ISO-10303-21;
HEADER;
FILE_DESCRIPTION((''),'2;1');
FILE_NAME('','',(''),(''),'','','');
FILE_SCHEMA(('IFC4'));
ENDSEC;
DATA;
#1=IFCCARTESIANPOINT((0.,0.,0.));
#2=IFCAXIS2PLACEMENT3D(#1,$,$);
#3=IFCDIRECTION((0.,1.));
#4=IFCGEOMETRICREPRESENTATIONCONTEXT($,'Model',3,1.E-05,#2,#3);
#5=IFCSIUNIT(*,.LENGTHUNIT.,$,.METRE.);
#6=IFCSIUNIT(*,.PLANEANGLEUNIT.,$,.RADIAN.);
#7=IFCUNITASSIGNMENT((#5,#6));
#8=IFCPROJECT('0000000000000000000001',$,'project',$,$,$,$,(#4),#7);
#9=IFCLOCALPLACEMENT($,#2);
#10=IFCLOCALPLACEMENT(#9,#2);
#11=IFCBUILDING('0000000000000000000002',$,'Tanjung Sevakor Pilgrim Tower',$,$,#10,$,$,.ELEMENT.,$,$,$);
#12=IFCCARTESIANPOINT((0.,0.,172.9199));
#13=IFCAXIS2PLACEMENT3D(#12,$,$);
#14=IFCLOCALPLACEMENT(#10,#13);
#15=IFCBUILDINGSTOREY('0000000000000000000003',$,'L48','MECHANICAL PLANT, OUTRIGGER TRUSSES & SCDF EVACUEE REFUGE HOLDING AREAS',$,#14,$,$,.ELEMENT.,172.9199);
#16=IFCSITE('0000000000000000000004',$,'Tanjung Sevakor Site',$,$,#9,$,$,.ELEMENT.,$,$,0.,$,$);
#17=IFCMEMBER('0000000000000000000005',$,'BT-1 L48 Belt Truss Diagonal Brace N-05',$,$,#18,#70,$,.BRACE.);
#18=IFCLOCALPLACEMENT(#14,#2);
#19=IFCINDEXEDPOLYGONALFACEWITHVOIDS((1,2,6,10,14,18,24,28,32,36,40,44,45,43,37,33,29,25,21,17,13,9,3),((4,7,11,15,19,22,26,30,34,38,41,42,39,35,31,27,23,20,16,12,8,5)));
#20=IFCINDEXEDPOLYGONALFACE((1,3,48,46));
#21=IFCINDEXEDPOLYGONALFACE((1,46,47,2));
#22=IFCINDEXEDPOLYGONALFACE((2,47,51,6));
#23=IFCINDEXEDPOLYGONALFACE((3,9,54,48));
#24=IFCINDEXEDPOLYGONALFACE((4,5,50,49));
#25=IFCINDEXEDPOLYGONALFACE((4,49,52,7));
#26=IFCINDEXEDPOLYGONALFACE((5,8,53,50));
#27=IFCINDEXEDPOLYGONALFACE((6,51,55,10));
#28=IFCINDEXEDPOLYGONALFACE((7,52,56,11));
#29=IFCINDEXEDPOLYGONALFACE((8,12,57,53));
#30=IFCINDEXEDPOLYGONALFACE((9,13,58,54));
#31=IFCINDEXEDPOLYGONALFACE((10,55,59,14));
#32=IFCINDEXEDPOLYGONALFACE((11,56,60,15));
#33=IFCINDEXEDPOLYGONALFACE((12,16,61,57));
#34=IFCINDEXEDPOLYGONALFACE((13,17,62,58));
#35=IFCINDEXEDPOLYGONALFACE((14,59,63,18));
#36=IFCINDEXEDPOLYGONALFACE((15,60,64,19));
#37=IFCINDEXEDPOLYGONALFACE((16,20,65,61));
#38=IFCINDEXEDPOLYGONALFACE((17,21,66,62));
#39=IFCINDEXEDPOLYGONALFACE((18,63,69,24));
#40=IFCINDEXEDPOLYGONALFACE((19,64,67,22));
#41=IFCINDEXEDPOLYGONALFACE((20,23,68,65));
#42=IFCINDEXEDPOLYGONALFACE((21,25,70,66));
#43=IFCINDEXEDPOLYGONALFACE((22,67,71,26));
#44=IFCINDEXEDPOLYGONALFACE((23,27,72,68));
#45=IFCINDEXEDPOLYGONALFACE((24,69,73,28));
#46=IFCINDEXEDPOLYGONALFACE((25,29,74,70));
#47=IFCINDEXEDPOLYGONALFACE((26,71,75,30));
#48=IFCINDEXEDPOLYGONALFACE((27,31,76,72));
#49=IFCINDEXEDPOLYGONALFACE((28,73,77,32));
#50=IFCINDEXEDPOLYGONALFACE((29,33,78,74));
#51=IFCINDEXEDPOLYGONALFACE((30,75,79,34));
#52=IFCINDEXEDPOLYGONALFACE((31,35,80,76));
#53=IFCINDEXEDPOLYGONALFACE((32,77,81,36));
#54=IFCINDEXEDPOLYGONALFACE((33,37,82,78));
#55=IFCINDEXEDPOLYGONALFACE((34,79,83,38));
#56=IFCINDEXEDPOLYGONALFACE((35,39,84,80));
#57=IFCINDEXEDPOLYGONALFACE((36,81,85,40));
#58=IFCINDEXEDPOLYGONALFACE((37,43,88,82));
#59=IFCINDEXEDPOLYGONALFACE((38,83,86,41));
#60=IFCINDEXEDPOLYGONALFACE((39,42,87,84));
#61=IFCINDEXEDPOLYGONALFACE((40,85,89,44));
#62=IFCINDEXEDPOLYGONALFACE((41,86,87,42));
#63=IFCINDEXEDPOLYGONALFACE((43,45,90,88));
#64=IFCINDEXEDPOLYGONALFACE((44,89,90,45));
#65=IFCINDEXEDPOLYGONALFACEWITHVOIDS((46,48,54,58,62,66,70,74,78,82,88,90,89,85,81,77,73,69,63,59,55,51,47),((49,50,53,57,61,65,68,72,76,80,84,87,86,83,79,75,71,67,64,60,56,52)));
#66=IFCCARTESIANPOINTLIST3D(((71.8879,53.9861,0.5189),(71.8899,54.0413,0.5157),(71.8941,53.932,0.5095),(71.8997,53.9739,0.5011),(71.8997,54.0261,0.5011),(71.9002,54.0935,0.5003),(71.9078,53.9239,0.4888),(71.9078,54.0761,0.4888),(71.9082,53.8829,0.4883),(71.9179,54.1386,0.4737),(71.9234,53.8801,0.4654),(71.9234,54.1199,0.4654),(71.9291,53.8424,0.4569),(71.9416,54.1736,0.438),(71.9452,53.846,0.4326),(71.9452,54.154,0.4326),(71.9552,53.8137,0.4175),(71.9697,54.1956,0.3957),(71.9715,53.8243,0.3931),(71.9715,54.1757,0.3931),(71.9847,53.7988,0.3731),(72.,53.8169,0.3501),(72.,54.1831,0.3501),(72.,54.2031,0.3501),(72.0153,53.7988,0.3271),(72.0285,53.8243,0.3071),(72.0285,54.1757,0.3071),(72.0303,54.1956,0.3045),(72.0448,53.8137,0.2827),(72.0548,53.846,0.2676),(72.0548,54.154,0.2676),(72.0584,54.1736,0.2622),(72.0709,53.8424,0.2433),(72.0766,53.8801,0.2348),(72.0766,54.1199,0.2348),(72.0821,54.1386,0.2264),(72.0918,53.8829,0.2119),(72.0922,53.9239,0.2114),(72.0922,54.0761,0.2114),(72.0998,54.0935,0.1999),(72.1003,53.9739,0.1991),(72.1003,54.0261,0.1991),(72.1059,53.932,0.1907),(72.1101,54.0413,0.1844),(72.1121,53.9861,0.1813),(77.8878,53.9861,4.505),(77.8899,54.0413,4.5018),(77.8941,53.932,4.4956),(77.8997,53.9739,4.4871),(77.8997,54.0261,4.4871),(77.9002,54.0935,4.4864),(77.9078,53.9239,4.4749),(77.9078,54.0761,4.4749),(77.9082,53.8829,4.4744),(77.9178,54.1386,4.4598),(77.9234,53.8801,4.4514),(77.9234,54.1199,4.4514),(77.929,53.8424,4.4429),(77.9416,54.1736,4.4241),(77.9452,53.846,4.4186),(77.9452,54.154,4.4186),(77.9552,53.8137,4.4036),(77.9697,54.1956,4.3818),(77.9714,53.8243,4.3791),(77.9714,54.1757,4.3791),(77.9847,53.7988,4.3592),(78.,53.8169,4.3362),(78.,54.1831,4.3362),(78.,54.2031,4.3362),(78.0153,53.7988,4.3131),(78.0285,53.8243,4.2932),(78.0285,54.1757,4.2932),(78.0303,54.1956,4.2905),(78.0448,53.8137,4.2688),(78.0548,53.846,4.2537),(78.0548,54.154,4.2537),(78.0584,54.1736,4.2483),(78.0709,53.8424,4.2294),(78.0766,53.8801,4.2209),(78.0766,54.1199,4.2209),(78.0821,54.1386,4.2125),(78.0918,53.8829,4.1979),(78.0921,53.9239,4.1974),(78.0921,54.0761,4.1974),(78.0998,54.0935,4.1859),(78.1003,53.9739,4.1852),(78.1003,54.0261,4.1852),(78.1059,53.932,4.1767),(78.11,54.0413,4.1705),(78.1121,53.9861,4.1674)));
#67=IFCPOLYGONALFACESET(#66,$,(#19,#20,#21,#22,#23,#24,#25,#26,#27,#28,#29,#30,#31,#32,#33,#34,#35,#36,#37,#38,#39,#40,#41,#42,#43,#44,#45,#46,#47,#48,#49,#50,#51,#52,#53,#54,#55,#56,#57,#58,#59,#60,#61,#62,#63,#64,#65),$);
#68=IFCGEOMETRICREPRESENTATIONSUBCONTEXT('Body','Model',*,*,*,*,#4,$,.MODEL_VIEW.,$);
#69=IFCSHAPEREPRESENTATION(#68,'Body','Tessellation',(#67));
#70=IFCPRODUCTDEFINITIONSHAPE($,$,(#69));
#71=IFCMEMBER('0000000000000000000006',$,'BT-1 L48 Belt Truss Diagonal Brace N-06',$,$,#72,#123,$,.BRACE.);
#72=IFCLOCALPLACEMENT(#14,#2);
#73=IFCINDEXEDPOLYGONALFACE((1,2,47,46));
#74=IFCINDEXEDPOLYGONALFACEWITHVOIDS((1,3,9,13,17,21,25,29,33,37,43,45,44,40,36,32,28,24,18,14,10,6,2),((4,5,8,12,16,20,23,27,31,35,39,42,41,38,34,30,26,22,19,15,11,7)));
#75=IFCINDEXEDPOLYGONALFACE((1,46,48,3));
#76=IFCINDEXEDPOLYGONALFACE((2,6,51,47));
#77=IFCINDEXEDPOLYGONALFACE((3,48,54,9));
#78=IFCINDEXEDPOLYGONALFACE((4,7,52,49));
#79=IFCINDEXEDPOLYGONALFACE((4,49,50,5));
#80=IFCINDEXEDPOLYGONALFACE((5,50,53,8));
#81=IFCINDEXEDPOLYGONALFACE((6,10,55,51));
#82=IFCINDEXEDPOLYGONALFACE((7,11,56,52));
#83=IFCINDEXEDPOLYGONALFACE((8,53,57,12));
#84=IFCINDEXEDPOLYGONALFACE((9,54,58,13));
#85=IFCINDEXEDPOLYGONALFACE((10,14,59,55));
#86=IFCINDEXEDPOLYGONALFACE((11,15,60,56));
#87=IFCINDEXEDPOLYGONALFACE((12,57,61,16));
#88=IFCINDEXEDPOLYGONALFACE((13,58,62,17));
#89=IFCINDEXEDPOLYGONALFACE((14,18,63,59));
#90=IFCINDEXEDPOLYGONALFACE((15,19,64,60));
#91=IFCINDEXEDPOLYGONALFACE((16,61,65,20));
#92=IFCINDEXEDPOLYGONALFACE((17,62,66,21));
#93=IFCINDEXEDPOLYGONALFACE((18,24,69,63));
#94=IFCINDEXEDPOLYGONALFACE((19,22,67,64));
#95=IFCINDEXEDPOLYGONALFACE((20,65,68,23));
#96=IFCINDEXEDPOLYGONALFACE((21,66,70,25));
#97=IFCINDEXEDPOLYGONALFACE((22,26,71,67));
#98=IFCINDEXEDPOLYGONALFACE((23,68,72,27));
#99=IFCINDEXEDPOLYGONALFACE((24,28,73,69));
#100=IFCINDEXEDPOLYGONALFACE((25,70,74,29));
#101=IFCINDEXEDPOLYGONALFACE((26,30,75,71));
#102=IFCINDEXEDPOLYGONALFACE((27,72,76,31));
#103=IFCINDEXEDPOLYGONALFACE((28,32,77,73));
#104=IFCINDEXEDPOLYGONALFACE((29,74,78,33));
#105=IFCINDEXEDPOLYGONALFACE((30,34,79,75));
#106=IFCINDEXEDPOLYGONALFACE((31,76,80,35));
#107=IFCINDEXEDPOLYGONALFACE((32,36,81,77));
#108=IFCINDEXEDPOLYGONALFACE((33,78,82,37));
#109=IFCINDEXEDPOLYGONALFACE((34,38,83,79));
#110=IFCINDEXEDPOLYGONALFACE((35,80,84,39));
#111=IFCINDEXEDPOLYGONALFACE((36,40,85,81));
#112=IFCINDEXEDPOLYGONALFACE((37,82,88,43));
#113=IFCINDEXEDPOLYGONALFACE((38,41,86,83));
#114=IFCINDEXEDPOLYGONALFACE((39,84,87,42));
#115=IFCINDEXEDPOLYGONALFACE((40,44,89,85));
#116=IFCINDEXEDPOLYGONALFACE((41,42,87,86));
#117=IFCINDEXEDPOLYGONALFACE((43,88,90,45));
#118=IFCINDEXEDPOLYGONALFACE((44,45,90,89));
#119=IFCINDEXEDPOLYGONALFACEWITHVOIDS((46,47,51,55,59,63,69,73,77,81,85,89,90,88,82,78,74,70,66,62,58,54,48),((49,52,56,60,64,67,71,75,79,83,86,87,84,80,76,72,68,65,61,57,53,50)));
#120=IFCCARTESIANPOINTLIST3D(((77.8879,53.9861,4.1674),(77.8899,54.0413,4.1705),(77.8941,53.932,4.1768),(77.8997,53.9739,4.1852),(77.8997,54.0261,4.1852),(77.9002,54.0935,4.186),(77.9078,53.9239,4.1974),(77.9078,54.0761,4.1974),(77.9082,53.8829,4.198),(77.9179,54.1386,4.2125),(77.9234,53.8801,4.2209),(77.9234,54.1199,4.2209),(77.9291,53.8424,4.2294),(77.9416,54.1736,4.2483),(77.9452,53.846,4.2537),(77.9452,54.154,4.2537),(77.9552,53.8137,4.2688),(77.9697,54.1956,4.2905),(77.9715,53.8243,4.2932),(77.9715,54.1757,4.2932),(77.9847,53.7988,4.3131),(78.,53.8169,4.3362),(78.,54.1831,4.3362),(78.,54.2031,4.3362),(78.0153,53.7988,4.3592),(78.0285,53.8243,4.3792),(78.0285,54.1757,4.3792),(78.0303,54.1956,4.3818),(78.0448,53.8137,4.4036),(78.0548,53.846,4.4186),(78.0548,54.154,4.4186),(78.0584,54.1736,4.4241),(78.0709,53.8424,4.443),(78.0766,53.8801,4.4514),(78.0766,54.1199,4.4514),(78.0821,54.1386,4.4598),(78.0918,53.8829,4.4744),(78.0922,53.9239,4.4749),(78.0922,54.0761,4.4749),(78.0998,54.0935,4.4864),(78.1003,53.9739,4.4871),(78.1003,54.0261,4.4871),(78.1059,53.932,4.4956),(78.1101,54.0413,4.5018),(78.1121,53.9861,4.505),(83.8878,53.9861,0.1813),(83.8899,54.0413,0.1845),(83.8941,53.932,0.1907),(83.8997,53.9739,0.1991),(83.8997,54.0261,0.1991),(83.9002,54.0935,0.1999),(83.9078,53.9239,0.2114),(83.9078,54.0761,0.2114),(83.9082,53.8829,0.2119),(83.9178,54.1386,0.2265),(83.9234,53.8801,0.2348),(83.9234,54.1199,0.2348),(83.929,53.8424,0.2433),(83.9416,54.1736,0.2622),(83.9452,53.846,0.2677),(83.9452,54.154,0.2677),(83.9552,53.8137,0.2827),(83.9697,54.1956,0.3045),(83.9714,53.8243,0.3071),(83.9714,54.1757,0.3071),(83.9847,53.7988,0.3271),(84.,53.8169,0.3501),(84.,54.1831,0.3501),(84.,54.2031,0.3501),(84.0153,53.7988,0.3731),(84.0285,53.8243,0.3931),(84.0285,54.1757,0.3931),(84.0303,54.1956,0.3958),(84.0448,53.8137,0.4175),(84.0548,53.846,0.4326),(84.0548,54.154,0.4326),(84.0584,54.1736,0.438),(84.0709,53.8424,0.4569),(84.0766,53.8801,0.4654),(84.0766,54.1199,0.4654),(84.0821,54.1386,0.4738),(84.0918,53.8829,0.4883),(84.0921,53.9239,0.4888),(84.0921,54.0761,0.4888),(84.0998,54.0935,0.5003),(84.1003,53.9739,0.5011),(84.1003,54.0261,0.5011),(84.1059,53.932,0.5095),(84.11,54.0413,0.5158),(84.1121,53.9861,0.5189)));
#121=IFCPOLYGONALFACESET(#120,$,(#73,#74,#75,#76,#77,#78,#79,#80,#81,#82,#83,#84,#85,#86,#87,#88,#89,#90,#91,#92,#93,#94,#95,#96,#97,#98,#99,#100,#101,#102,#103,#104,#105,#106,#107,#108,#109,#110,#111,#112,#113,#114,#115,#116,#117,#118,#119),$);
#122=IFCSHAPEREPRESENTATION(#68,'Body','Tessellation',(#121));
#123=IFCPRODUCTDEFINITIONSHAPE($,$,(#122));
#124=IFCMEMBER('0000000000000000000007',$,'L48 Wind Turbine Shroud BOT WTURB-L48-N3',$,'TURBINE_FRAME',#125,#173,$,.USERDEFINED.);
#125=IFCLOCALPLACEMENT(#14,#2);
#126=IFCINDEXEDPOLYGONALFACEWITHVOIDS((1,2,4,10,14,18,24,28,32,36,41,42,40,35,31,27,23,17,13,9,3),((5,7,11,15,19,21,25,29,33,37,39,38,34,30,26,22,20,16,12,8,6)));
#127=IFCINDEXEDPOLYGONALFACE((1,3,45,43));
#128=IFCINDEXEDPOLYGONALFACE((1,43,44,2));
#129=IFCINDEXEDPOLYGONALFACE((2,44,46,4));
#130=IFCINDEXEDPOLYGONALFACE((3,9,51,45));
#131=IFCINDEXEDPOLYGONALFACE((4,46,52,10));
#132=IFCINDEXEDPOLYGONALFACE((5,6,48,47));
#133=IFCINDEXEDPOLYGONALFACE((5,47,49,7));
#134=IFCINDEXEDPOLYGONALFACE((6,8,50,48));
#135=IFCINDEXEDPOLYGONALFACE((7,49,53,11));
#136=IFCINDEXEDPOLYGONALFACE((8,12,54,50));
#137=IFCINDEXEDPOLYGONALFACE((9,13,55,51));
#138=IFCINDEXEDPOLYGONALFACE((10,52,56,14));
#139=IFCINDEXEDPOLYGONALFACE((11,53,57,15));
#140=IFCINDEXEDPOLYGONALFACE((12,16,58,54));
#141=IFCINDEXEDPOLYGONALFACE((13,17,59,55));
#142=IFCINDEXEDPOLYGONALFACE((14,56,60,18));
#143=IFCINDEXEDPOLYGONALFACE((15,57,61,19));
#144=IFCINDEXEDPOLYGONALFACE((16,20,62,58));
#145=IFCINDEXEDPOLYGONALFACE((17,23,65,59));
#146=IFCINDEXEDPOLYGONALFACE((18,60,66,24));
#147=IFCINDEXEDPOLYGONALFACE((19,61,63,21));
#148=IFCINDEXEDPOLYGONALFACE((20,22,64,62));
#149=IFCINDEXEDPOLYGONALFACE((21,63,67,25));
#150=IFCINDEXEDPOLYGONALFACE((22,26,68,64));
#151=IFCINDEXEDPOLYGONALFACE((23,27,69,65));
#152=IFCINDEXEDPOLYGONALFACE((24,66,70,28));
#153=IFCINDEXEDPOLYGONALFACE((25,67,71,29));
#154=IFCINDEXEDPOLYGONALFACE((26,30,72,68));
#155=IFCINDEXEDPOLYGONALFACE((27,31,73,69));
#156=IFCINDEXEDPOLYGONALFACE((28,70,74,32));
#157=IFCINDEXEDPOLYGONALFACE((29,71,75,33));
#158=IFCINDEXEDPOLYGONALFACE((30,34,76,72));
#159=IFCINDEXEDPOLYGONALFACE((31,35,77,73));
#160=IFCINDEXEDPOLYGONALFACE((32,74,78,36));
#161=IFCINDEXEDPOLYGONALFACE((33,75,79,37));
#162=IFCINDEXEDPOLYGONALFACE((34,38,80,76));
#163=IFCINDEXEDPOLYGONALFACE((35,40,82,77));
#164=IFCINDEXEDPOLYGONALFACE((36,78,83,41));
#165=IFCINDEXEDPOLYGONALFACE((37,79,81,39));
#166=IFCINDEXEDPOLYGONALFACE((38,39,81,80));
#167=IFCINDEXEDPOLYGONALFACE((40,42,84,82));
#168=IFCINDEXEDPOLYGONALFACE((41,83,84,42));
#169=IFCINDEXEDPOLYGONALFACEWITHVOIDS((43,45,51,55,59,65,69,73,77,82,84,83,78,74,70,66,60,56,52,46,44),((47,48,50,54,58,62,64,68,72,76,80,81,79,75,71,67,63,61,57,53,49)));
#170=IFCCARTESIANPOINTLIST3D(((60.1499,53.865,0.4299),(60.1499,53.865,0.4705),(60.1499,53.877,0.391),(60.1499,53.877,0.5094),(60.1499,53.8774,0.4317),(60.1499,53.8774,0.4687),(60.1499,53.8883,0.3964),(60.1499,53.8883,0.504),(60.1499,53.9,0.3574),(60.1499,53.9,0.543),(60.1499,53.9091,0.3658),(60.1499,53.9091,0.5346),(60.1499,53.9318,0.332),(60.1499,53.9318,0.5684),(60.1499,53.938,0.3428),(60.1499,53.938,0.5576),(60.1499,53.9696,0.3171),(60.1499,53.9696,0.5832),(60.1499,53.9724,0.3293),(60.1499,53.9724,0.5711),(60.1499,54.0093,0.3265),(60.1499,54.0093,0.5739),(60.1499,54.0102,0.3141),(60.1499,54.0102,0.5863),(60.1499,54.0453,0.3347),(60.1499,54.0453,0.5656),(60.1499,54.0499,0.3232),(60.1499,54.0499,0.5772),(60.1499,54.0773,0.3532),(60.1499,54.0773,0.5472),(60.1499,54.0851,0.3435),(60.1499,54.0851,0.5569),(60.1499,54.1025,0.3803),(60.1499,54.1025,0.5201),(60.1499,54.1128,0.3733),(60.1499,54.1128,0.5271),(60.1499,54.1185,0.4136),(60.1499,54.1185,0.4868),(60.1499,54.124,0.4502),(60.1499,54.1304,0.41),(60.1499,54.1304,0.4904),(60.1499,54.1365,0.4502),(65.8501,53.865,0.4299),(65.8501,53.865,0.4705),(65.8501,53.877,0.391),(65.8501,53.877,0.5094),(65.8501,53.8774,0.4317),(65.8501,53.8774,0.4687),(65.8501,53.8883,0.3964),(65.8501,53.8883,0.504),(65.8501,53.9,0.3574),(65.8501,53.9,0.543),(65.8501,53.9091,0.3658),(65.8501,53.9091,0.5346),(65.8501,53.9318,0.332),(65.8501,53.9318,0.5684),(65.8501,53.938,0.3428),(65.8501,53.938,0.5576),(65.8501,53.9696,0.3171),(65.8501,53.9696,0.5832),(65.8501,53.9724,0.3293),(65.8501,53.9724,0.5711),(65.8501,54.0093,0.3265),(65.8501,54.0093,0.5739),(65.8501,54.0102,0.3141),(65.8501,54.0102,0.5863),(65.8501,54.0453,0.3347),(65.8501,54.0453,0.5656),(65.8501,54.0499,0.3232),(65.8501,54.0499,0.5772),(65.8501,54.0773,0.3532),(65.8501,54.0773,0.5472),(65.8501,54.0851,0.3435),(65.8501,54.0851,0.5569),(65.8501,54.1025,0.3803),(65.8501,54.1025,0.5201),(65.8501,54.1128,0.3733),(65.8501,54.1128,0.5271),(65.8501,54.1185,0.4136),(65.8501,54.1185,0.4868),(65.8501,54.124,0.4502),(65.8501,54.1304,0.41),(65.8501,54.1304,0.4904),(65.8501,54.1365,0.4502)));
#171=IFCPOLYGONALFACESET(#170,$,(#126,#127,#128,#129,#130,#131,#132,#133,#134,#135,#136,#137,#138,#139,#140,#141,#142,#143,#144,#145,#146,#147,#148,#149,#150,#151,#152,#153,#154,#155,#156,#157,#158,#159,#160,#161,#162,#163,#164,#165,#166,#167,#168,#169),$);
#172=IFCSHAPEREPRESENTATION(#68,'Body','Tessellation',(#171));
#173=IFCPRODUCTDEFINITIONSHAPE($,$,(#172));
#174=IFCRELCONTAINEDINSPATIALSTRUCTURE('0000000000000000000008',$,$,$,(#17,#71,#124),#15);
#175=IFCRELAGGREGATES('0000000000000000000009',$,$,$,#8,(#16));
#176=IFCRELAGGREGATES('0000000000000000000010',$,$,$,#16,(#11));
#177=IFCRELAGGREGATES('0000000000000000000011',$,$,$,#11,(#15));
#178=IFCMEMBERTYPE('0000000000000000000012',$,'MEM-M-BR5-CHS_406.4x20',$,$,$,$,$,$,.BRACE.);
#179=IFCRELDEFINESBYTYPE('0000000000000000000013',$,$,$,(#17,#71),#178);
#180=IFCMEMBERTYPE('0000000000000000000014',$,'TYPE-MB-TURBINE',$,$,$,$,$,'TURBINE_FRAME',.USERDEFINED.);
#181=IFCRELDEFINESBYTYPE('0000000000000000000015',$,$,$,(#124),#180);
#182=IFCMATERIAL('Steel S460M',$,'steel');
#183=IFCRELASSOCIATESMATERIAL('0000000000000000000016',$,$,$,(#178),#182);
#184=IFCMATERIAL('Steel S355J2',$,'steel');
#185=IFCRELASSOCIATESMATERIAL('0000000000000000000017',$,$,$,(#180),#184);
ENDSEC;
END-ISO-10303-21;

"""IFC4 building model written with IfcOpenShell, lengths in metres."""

from ifc_helpers import new_model, si_unit, direction, frame, origin, origin_2d, place, context, subcontext, project, spatial, hollow_circle, extrude, material, material_profile, profile_set, type_object, element, save


model = new_model("IFC4")

# Units and contexts
model_context = context("Model", 3, precision=1e-05, world=origin(), true_north=direction((0.0, 1.0)))
body_context = subcontext(model_context, "Body", "Model", "MODEL_VIEW")
ifc_project = project(units=[si_unit("LENGTHUNIT", "METRE"), si_unit("PLANEANGLEUNIT", "RADIAN")], contexts=[model_context])

# Site, building, storey
site_placement = place(None, origin())
site = spatial("IfcSite", under=ifc_project, at=site_placement, Name="Tanjung Sevakor Site", CompositionType="ELEMENT", RefElevation=0.0)
building_placement = place(site_placement, origin())
building = spatial("IfcBuilding", under=site, at=building_placement, Name="Tanjung Sevakor Pilgrim Tower", CompositionType="ELEMENT")
storey_placement = place(building_placement, frame((0.0, 0.0, 172.9199)))
storey = spatial("IfcBuildingStorey", under=building, at=storey_placement, Name="L48", Description="MECHANICAL PLANT, OUTRIGGER TRUSSES & SCDF EVACUEE REFUGE HOLDING AREAS", CompositionType="ELEMENT", Elevation=172.9199)

# Members
ifc_material_1 = material(Name="Steel S460M", Category="steel")
ifc_material_profile_1 = material_profile(ifc_material_1, hollow_circle(Radius=0.2031, WallThickness=0.02, at=origin_2d()))
ifc_profile_set_1 = profile_set([ifc_material_profile_1], Name="Steel S460M")
member_type_1 = type_object("IfcMemberType", Name="MEM-M-BR5-CHS_406.4x20", PredefinedType="BRACE", material=ifc_profile_set_1)
for number, where, z_axis, x_axis, name in (
    (1, (72.0, 54.0, 0.3501), (0.832941, 0.0, 0.553362), (0.0, 1.0, 0.0), "BT-1 L48 Belt Truss Diagonal Brace N-05"),
    (2, (78.0, 54.0, 4.3362), (0.832941, 0.0, -0.553362), (0.0, 1.0, 0.0), "BT-1 L48 Belt Truss Diagonal Brace N-06"),
):
    element("IfcMember", number, at=place(storey_placement, frame(where, z_axis=z_axis, x_axis=x_axis)), inside=storey, type_object=member_type_1, Name=name, PredefinedType="BRACE", context=body_context, shape_type="SweptSolid", body=[
        extrude(hollow_circle(Radius=0.2031, WallThickness=0.02, at=origin_2d()), origin(), (0.0, 0.0, 1.0), 7.2034),
    ])
ifc_material_2 = material(Name="Steel S355J2", Category="steel")
ifc_material_profile_2 = material_profile(ifc_material_2, hollow_circle(Radius=0.1365, WallThickness=0.0125, at=origin_2d()))
ifc_profile_set_2 = profile_set([ifc_material_profile_2], Name="Steel S355J2")
member_type_2 = type_object("IfcMemberType", Name="TYPE-MB-TURBINE", ElementType="TURBINE_FRAME", PredefinedType="USERDEFINED", material=ifc_profile_set_2)
for number, where, z_axis, x_axis, name in (
    (3, (60.1499, 54.0, 0.4502), (1.0, 0.0, 0.0), (0.0, 1.0, 0.0), "L48 Wind Turbine Shroud BOT WTURB-L48-N3"),
):
    element("IfcMember", number, at=place(storey_placement, frame(where, z_axis=z_axis, x_axis=x_axis)), inside=storey, type_object=member_type_2, Name=name, ObjectType="TURBINE_FRAME", PredefinedType="USERDEFINED", context=body_context, shape_type="SweptSolid", body=[
        extrude(hollow_circle(Radius=0.1365, WallThickness=0.0125, at=origin_2d()), origin(), (0.0, 0.0, 1.0), 5.7002),
    ])

save(model, "model.ifc")
